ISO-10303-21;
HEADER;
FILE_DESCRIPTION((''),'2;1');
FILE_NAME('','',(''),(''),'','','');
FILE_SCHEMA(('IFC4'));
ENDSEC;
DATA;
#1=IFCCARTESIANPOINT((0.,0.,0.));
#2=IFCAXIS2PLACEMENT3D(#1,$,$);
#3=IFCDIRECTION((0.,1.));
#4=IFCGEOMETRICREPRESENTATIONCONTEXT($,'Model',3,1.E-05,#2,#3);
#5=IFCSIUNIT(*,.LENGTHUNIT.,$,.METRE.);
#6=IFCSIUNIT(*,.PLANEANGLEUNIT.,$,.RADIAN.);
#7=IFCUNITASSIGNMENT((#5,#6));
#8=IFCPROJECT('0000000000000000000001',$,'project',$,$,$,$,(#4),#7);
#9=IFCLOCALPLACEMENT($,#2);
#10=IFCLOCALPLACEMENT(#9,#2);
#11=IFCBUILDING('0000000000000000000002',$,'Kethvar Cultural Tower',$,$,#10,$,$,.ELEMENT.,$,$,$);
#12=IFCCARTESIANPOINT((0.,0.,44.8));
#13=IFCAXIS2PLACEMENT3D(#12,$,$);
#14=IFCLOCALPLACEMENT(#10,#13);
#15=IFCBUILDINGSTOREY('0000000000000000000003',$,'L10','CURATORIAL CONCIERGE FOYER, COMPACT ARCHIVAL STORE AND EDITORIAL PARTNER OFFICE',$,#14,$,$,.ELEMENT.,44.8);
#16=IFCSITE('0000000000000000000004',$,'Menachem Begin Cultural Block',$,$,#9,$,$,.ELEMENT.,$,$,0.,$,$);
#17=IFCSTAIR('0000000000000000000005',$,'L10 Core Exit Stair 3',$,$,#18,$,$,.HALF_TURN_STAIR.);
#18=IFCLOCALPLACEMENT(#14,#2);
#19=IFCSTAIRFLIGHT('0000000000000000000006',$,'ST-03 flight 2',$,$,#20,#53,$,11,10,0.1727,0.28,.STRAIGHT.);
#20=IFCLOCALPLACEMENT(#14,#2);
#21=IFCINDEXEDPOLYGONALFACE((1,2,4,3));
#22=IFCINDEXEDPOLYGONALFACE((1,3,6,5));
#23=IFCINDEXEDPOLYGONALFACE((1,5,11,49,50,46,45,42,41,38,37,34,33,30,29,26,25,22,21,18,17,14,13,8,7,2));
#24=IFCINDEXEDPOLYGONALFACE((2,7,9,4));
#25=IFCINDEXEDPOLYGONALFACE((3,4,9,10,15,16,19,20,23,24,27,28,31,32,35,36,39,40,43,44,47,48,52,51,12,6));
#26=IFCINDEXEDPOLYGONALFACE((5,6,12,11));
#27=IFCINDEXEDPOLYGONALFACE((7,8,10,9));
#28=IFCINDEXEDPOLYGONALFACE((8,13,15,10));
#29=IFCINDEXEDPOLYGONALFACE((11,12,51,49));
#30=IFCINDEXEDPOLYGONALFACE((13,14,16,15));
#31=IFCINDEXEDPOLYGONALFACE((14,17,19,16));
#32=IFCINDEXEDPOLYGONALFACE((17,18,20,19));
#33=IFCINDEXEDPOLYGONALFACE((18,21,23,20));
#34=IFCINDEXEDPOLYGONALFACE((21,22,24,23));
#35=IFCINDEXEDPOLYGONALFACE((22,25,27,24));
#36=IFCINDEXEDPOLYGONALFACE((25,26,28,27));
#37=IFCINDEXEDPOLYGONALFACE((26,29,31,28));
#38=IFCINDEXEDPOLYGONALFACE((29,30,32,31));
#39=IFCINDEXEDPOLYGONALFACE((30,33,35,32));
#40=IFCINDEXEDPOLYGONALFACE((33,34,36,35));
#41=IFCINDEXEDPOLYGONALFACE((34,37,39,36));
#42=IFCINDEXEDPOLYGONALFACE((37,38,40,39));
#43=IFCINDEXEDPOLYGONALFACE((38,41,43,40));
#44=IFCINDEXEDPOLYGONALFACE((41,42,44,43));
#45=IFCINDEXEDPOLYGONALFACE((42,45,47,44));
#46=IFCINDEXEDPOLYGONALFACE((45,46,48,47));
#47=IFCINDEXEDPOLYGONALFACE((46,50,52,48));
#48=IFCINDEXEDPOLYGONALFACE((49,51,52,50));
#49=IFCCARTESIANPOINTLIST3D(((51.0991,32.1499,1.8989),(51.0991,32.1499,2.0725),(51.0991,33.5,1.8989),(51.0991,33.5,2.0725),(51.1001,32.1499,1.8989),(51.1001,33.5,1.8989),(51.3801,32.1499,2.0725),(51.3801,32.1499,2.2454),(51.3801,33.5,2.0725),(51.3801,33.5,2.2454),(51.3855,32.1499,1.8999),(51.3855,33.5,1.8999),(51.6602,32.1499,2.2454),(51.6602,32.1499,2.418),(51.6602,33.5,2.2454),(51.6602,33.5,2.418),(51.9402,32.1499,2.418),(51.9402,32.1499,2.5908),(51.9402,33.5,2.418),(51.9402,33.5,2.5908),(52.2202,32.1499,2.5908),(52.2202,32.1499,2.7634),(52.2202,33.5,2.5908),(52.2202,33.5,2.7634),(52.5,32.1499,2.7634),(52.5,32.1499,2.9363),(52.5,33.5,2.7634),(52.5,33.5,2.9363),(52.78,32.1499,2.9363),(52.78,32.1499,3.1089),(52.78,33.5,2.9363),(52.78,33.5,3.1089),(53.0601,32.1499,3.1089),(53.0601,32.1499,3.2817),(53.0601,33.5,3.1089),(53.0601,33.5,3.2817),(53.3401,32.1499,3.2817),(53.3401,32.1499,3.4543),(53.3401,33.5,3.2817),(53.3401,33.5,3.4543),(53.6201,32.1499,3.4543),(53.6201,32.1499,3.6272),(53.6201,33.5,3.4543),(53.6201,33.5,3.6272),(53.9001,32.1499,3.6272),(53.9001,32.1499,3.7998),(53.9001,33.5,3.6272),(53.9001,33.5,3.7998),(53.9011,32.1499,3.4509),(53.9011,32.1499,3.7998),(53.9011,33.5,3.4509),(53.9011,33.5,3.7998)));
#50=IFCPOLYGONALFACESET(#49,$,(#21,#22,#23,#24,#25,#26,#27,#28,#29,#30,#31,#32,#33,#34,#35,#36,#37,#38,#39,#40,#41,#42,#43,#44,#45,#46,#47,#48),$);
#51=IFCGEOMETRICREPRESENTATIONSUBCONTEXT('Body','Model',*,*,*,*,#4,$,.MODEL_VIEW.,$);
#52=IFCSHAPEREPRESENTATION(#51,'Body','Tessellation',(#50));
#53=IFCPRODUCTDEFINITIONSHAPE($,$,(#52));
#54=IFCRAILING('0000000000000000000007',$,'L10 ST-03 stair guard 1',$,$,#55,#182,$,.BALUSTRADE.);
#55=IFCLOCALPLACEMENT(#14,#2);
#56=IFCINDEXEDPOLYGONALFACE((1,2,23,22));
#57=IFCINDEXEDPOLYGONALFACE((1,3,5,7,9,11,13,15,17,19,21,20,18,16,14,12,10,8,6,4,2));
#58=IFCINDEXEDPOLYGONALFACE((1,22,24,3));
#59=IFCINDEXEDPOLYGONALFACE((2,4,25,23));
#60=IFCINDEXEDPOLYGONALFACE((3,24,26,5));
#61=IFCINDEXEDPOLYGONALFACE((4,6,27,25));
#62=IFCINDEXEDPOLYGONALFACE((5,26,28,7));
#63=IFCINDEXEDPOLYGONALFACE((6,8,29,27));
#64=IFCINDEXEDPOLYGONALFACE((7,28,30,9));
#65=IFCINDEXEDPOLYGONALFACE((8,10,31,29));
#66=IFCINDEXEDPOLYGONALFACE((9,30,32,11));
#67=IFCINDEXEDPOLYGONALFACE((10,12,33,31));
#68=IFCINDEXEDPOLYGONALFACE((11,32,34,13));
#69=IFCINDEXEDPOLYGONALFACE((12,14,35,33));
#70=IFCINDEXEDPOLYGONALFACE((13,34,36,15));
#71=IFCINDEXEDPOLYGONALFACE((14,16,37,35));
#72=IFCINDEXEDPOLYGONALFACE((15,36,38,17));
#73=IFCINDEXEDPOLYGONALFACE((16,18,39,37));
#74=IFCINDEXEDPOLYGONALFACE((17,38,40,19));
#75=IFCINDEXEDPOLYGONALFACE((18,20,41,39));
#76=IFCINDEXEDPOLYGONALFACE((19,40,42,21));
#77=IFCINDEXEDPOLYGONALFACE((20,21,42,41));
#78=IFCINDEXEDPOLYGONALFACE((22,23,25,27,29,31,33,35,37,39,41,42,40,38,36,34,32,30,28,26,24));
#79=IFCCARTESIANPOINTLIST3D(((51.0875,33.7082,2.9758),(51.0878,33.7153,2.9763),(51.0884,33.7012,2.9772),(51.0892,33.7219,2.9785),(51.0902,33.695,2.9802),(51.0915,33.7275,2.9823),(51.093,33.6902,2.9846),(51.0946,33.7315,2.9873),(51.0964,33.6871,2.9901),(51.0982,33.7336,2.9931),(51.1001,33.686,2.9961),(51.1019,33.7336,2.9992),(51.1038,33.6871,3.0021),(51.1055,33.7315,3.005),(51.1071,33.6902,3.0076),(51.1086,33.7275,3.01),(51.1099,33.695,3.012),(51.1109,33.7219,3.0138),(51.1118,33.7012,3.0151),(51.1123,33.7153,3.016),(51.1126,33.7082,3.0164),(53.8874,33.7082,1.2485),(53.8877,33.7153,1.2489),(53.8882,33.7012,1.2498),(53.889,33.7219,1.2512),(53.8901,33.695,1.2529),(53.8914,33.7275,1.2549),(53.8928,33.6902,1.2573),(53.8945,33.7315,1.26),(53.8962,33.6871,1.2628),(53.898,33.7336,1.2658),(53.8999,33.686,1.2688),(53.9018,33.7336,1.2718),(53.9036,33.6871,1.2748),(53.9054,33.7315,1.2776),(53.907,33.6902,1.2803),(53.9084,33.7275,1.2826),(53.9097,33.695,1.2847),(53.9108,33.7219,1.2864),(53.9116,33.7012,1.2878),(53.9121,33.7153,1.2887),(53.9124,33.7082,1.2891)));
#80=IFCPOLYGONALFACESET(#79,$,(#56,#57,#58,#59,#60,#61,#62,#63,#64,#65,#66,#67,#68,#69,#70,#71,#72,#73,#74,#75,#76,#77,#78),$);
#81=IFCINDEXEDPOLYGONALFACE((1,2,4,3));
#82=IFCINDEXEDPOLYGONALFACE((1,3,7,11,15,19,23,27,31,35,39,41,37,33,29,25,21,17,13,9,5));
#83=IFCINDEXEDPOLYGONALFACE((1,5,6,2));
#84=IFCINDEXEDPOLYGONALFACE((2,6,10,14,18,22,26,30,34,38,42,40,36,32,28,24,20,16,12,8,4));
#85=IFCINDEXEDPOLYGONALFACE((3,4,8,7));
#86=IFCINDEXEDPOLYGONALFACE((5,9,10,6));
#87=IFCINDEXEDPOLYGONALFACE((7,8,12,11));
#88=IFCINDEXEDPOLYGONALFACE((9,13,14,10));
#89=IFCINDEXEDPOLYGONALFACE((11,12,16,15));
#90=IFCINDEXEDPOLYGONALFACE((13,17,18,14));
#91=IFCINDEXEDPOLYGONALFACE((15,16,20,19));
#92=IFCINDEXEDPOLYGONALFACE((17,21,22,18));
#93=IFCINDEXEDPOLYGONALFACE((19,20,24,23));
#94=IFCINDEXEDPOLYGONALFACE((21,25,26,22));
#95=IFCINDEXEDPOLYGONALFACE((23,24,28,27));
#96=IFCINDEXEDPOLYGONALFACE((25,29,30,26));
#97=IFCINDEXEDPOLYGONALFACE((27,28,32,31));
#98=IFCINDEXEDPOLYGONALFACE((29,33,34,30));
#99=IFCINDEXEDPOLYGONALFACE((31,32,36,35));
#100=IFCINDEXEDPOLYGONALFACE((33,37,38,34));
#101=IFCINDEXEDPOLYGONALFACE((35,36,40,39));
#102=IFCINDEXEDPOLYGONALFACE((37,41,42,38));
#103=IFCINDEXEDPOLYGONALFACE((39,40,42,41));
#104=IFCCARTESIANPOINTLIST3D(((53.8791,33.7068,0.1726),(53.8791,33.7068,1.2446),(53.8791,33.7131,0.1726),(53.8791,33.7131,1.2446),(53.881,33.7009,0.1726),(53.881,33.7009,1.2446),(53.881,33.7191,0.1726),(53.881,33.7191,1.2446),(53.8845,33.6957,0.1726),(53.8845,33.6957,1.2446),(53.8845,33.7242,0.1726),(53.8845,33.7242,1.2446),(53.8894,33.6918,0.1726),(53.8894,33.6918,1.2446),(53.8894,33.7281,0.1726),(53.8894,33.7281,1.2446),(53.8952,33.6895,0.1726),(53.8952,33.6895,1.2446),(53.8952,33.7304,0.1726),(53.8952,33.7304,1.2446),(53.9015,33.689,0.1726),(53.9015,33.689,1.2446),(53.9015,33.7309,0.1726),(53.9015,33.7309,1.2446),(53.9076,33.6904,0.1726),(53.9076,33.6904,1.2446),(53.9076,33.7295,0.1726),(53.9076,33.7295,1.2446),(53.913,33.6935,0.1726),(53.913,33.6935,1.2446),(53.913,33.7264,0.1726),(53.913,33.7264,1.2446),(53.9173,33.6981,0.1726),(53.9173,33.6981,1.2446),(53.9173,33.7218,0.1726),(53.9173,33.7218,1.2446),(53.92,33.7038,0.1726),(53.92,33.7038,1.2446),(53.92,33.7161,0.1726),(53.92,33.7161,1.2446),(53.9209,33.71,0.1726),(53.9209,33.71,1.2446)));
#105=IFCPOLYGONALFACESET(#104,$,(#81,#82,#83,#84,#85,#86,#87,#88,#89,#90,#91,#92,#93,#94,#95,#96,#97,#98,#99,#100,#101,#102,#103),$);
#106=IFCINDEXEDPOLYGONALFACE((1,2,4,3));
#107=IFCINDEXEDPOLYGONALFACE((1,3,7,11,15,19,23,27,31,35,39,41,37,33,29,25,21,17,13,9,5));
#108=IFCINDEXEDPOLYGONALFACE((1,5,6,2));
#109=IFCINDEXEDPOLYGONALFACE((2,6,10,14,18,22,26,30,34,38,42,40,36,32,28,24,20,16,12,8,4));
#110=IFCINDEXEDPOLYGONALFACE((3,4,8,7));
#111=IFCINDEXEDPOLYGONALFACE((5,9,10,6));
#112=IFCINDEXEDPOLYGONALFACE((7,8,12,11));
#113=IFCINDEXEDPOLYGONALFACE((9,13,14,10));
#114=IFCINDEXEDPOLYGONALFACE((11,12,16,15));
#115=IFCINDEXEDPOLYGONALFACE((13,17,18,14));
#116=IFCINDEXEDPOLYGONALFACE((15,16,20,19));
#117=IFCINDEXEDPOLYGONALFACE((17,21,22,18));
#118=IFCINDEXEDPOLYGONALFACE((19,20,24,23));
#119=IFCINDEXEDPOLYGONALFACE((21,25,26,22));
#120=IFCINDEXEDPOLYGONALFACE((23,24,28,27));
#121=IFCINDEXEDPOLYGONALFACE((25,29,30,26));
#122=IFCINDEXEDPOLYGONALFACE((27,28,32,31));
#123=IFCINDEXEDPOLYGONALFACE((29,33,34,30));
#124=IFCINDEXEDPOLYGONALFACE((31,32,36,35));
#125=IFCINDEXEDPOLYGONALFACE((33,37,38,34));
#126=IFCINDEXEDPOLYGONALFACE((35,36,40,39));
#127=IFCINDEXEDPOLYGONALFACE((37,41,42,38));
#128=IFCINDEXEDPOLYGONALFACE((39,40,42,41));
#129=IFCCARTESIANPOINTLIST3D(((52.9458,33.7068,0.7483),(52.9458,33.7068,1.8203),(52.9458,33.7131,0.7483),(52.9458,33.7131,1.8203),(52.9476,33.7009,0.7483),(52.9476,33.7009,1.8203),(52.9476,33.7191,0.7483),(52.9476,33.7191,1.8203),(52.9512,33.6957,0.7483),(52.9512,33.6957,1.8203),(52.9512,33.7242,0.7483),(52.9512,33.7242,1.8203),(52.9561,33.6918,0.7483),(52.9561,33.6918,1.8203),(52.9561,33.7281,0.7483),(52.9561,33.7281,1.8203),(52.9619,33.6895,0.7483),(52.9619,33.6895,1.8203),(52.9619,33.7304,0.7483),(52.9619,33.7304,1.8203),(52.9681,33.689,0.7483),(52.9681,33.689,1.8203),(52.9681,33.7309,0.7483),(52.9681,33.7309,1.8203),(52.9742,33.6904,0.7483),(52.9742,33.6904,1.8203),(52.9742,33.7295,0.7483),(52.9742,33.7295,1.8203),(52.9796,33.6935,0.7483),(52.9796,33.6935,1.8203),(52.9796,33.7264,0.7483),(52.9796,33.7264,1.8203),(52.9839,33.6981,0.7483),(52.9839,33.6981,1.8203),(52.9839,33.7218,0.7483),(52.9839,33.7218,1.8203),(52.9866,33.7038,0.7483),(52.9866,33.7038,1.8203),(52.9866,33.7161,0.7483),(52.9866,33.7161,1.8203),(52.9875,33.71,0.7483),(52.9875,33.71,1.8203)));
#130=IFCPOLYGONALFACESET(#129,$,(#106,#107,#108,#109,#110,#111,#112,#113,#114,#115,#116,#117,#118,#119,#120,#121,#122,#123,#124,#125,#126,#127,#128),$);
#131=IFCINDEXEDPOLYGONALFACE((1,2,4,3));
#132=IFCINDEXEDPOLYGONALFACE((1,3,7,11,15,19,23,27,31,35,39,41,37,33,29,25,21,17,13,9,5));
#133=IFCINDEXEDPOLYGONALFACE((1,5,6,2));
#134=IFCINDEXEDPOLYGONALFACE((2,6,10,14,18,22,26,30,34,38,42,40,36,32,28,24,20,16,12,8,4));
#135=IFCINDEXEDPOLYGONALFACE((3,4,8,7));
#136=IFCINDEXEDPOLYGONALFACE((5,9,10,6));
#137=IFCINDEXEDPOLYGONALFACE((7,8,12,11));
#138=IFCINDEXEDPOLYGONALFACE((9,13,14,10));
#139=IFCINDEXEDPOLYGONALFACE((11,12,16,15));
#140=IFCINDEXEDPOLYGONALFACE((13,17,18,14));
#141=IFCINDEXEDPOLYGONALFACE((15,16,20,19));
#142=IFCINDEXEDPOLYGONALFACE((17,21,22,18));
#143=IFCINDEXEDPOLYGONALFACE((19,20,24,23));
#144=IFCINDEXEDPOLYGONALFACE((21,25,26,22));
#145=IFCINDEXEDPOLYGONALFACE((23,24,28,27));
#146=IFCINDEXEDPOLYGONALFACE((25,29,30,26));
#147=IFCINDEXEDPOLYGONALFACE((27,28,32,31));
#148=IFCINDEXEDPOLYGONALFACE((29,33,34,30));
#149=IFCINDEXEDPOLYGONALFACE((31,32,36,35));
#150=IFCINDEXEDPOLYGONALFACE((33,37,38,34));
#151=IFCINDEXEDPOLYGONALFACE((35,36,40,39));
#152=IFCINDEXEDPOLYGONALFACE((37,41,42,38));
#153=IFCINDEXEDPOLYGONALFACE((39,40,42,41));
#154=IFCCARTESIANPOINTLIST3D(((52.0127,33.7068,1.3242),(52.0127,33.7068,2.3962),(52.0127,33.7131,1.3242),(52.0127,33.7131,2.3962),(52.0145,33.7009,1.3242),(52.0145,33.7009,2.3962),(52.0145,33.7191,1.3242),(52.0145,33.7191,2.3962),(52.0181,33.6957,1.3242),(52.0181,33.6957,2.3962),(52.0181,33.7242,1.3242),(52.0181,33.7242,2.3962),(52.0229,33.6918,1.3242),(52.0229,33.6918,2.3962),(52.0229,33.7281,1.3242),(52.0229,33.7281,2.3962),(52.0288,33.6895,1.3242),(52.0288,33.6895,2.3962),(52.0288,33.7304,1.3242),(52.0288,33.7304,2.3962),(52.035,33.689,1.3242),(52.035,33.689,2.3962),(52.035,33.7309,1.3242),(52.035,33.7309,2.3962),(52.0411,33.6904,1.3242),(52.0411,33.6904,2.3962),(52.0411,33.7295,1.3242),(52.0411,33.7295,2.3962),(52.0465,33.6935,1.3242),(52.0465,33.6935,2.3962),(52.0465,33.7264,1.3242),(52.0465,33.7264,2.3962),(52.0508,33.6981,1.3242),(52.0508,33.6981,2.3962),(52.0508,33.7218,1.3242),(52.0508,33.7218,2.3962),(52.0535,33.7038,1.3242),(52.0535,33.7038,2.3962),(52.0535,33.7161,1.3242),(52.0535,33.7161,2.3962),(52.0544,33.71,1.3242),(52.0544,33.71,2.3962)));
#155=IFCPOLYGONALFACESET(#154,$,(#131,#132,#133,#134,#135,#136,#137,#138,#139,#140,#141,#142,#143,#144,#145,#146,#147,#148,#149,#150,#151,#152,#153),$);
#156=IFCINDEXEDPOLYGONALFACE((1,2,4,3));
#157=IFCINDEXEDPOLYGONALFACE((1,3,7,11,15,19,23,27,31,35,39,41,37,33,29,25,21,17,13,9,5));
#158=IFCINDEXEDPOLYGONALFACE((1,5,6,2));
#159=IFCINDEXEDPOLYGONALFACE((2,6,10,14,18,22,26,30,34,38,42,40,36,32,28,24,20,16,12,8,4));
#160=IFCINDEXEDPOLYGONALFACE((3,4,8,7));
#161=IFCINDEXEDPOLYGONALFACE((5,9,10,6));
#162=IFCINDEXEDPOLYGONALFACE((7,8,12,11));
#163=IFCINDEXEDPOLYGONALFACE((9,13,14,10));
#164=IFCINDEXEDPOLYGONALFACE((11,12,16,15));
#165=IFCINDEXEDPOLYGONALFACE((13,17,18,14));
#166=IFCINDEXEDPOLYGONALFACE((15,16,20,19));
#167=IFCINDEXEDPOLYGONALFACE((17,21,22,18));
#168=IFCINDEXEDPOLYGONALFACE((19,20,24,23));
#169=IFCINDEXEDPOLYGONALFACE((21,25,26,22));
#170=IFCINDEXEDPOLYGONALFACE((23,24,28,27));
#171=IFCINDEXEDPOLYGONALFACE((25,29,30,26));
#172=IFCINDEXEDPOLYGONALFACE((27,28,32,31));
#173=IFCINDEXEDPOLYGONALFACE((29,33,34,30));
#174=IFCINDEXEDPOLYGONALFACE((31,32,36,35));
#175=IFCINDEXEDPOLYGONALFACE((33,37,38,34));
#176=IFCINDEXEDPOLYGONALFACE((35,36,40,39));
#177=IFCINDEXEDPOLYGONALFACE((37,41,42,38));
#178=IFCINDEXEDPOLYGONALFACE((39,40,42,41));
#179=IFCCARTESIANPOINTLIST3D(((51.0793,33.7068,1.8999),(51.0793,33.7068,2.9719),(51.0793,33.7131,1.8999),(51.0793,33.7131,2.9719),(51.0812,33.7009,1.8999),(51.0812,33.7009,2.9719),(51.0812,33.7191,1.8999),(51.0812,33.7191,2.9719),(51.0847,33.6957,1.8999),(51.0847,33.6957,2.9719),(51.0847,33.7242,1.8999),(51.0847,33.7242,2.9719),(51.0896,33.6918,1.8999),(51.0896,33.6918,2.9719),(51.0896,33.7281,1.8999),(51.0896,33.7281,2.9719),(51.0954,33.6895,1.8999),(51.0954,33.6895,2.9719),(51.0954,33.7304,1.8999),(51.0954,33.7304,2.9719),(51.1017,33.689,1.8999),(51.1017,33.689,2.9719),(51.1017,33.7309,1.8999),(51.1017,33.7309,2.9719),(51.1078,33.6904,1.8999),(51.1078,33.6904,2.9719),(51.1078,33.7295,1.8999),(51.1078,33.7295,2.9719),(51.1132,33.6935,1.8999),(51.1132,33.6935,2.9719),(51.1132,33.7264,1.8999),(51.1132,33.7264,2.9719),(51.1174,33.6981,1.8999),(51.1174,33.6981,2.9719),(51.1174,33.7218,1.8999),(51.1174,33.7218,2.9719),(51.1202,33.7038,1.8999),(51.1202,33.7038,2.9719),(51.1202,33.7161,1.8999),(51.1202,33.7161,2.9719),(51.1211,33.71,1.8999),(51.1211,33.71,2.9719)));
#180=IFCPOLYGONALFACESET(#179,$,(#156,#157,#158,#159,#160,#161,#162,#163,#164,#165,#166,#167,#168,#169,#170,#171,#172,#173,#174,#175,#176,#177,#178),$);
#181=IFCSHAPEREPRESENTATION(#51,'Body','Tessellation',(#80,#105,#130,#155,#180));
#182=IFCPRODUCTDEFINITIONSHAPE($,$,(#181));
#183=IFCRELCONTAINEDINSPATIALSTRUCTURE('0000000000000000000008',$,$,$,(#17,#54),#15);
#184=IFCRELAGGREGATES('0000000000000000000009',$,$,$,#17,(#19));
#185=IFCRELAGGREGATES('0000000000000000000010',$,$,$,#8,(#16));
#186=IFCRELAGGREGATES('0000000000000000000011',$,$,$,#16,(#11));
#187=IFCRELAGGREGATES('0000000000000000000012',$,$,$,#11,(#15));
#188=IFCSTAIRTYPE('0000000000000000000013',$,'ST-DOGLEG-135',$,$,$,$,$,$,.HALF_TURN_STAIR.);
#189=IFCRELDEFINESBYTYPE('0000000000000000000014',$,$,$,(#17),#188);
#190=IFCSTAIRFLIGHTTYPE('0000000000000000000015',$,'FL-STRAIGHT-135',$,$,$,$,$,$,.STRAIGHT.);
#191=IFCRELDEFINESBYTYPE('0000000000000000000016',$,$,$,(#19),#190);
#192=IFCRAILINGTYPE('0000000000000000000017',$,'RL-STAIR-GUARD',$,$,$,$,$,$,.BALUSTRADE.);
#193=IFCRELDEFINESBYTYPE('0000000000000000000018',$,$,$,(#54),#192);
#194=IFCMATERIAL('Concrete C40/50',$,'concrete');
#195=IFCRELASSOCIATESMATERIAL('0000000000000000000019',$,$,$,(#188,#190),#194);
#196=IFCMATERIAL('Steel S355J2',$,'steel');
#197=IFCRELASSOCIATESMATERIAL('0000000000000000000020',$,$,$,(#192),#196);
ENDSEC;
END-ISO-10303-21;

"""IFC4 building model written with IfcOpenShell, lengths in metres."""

from ifc_helpers import new_model, si_unit, direction, frame, origin, origin_2d, place, context, subcontext, project, spatial, polyline, circle, outline, extrude, material, type_object, element, aggregate, save


model = new_model("IFC4")

# Units and contexts
model_context = context("Model", 3, precision=1e-05, world=origin(), true_north=direction((0.0, 1.0)))
body_context = subcontext(model_context, "Body", "Model", "MODEL_VIEW")
ifc_project = project(units=[si_unit("LENGTHUNIT", "METRE"), si_unit("PLANEANGLEUNIT", "RADIAN")], contexts=[model_context])

# Site, building, storey
site_placement = place(None, origin())
site = spatial("IfcSite", under=ifc_project, at=site_placement, Name="Menachem Begin Cultural Block", CompositionType="ELEMENT", RefElevation=0.0)
building_placement = place(site_placement, origin())
building = spatial("IfcBuilding", under=site, at=building_placement, Name="Kethvar Cultural Tower", CompositionType="ELEMENT")
storey_placement = place(building_placement, frame((0.0, 0.0, 44.8)))
storey = spatial("IfcBuildingStorey", under=building, at=storey_placement, Name="L10", Description="CURATORIAL CONCIERGE FOYER, COMPACT ARCHIVAL STORE AND EDITORIAL PARTNER OFFICE", CompositionType="ELEMENT", Elevation=44.8)

# Shared definitions
ifc_material_1 = material(Name="Steel S355J2", Category="steel")

# Shared definitions
ifc_material_2 = material(Name="Concrete C40/50", Category="concrete")

# Stair, stair flight
stair_type = type_object("IfcStairType", Name="ST-DOGLEG-135", PredefinedType="HALF_TURN_STAIR", material=ifc_material_2)
stair_placement = place(storey_placement, origin())
stair = element("IfcStair", 1, at=stair_placement, inside=storey, type_object=stair_type, Name="L10 Core Exit Stair 3", PredefinedType="HALF_TURN_STAIR")
stair_flight_type = type_object("IfcStairFlightType", Name="FL-STRAIGHT-135", PredefinedType="STRAIGHT", material=ifc_material_2)
stair_flight_1_placement = place(storey_placement, frame((51.1001, 32.825, 1.8999), z_axis=(0.0, 0.0, 1.0), x_axis=(1.0, 0.0, 0.0)))
stair_flight_1 = element("IfcStairFlight", 2, at=stair_flight_1_placement, type_object=stair_flight_type, Name="ST-03 flight 2", NumberOfRisers=11, NumberOfTreads=10, PredefinedType="STRAIGHT", RiserHeight=0.1727, TreadLength=0.28, context=body_context, shape_type="SweptSolid", body=[
    extrude(outline(polyline([(-0.001, -0.001), (-0.001, 0.1726), (0.28, 0.1726), (0.28, 0.3455), (0.5601, 0.3455), (0.5601, 0.5181), (0.8401, 0.5181), (0.8401, 0.6909), (1.1201, 0.6909), (1.1201, 0.8635), (1.3999, 0.8635), (1.3999, 1.0364), (1.6799, 1.0364), (1.6799, 1.209), (1.96, 1.209), (1.96, 1.3818), (2.24, 1.3818), (2.24, 1.5544), (2.52, 1.5544), (2.52, 1.7273), (2.8, 1.7273), (2.8, 1.8999), (2.801, 1.8999), (2.801, 1.551), (0.2854, 0.0), (0.0, -0.001), (-0.001, -0.001)])), frame((0.0, 0.675, 0.0), z_axis=(0.0, -1.0, 0.0), x_axis=(1.0, 0.0, 0.0)), (0.0, 0.0, 1.0), 1.3501),
])
aggregate(stair, [stair_flight_1])

# Railing
railing_type_1 = type_object("IfcRailingType", Name="RL-STAIR-GUARD", PredefinedType="BALUSTRADE", material=ifc_material_1)
railing_1_placement = place(storey_placement, frame((53.8999, 33.71, 0.1726)))
element("IfcRailing", 3, at=railing_1_placement, inside=storey, type_object=railing_type_1, Name="L10 ST-03 stair guard 1", PredefinedType="BALUSTRADE", context=body_context, shape_type="SweptSolid", body=[
    extrude(circle(Radius=0.0239, at=origin_2d()), frame((0.0, 0.0, 1.0962), z_axis=(-0.851069, 0.0, 0.525054), x_axis=(0.0, -1.0, 0.0)), (0.0, 0.0, 1.0), 3.2898),
    extrude(circle(Radius=0.021, at=origin_2d()), origin(), (0.0, 0.0, 1.0), 1.072),
    extrude(circle(Radius=0.021, at=origin_2d()), frame((-0.9333, 0.0, 0.5757)), (0.0, 0.0, 1.0), 1.072),
    extrude(circle(Radius=0.021, at=origin_2d()), frame((-1.8665, 0.0, 1.1516)), (0.0, 0.0, 1.0), 1.072),
    extrude(circle(Radius=0.021, at=origin_2d()), frame((-2.7998, 0.0, 1.7273)), (0.0, 0.0, 1.0), 1.072),
])

save(model, "model.ifc")
